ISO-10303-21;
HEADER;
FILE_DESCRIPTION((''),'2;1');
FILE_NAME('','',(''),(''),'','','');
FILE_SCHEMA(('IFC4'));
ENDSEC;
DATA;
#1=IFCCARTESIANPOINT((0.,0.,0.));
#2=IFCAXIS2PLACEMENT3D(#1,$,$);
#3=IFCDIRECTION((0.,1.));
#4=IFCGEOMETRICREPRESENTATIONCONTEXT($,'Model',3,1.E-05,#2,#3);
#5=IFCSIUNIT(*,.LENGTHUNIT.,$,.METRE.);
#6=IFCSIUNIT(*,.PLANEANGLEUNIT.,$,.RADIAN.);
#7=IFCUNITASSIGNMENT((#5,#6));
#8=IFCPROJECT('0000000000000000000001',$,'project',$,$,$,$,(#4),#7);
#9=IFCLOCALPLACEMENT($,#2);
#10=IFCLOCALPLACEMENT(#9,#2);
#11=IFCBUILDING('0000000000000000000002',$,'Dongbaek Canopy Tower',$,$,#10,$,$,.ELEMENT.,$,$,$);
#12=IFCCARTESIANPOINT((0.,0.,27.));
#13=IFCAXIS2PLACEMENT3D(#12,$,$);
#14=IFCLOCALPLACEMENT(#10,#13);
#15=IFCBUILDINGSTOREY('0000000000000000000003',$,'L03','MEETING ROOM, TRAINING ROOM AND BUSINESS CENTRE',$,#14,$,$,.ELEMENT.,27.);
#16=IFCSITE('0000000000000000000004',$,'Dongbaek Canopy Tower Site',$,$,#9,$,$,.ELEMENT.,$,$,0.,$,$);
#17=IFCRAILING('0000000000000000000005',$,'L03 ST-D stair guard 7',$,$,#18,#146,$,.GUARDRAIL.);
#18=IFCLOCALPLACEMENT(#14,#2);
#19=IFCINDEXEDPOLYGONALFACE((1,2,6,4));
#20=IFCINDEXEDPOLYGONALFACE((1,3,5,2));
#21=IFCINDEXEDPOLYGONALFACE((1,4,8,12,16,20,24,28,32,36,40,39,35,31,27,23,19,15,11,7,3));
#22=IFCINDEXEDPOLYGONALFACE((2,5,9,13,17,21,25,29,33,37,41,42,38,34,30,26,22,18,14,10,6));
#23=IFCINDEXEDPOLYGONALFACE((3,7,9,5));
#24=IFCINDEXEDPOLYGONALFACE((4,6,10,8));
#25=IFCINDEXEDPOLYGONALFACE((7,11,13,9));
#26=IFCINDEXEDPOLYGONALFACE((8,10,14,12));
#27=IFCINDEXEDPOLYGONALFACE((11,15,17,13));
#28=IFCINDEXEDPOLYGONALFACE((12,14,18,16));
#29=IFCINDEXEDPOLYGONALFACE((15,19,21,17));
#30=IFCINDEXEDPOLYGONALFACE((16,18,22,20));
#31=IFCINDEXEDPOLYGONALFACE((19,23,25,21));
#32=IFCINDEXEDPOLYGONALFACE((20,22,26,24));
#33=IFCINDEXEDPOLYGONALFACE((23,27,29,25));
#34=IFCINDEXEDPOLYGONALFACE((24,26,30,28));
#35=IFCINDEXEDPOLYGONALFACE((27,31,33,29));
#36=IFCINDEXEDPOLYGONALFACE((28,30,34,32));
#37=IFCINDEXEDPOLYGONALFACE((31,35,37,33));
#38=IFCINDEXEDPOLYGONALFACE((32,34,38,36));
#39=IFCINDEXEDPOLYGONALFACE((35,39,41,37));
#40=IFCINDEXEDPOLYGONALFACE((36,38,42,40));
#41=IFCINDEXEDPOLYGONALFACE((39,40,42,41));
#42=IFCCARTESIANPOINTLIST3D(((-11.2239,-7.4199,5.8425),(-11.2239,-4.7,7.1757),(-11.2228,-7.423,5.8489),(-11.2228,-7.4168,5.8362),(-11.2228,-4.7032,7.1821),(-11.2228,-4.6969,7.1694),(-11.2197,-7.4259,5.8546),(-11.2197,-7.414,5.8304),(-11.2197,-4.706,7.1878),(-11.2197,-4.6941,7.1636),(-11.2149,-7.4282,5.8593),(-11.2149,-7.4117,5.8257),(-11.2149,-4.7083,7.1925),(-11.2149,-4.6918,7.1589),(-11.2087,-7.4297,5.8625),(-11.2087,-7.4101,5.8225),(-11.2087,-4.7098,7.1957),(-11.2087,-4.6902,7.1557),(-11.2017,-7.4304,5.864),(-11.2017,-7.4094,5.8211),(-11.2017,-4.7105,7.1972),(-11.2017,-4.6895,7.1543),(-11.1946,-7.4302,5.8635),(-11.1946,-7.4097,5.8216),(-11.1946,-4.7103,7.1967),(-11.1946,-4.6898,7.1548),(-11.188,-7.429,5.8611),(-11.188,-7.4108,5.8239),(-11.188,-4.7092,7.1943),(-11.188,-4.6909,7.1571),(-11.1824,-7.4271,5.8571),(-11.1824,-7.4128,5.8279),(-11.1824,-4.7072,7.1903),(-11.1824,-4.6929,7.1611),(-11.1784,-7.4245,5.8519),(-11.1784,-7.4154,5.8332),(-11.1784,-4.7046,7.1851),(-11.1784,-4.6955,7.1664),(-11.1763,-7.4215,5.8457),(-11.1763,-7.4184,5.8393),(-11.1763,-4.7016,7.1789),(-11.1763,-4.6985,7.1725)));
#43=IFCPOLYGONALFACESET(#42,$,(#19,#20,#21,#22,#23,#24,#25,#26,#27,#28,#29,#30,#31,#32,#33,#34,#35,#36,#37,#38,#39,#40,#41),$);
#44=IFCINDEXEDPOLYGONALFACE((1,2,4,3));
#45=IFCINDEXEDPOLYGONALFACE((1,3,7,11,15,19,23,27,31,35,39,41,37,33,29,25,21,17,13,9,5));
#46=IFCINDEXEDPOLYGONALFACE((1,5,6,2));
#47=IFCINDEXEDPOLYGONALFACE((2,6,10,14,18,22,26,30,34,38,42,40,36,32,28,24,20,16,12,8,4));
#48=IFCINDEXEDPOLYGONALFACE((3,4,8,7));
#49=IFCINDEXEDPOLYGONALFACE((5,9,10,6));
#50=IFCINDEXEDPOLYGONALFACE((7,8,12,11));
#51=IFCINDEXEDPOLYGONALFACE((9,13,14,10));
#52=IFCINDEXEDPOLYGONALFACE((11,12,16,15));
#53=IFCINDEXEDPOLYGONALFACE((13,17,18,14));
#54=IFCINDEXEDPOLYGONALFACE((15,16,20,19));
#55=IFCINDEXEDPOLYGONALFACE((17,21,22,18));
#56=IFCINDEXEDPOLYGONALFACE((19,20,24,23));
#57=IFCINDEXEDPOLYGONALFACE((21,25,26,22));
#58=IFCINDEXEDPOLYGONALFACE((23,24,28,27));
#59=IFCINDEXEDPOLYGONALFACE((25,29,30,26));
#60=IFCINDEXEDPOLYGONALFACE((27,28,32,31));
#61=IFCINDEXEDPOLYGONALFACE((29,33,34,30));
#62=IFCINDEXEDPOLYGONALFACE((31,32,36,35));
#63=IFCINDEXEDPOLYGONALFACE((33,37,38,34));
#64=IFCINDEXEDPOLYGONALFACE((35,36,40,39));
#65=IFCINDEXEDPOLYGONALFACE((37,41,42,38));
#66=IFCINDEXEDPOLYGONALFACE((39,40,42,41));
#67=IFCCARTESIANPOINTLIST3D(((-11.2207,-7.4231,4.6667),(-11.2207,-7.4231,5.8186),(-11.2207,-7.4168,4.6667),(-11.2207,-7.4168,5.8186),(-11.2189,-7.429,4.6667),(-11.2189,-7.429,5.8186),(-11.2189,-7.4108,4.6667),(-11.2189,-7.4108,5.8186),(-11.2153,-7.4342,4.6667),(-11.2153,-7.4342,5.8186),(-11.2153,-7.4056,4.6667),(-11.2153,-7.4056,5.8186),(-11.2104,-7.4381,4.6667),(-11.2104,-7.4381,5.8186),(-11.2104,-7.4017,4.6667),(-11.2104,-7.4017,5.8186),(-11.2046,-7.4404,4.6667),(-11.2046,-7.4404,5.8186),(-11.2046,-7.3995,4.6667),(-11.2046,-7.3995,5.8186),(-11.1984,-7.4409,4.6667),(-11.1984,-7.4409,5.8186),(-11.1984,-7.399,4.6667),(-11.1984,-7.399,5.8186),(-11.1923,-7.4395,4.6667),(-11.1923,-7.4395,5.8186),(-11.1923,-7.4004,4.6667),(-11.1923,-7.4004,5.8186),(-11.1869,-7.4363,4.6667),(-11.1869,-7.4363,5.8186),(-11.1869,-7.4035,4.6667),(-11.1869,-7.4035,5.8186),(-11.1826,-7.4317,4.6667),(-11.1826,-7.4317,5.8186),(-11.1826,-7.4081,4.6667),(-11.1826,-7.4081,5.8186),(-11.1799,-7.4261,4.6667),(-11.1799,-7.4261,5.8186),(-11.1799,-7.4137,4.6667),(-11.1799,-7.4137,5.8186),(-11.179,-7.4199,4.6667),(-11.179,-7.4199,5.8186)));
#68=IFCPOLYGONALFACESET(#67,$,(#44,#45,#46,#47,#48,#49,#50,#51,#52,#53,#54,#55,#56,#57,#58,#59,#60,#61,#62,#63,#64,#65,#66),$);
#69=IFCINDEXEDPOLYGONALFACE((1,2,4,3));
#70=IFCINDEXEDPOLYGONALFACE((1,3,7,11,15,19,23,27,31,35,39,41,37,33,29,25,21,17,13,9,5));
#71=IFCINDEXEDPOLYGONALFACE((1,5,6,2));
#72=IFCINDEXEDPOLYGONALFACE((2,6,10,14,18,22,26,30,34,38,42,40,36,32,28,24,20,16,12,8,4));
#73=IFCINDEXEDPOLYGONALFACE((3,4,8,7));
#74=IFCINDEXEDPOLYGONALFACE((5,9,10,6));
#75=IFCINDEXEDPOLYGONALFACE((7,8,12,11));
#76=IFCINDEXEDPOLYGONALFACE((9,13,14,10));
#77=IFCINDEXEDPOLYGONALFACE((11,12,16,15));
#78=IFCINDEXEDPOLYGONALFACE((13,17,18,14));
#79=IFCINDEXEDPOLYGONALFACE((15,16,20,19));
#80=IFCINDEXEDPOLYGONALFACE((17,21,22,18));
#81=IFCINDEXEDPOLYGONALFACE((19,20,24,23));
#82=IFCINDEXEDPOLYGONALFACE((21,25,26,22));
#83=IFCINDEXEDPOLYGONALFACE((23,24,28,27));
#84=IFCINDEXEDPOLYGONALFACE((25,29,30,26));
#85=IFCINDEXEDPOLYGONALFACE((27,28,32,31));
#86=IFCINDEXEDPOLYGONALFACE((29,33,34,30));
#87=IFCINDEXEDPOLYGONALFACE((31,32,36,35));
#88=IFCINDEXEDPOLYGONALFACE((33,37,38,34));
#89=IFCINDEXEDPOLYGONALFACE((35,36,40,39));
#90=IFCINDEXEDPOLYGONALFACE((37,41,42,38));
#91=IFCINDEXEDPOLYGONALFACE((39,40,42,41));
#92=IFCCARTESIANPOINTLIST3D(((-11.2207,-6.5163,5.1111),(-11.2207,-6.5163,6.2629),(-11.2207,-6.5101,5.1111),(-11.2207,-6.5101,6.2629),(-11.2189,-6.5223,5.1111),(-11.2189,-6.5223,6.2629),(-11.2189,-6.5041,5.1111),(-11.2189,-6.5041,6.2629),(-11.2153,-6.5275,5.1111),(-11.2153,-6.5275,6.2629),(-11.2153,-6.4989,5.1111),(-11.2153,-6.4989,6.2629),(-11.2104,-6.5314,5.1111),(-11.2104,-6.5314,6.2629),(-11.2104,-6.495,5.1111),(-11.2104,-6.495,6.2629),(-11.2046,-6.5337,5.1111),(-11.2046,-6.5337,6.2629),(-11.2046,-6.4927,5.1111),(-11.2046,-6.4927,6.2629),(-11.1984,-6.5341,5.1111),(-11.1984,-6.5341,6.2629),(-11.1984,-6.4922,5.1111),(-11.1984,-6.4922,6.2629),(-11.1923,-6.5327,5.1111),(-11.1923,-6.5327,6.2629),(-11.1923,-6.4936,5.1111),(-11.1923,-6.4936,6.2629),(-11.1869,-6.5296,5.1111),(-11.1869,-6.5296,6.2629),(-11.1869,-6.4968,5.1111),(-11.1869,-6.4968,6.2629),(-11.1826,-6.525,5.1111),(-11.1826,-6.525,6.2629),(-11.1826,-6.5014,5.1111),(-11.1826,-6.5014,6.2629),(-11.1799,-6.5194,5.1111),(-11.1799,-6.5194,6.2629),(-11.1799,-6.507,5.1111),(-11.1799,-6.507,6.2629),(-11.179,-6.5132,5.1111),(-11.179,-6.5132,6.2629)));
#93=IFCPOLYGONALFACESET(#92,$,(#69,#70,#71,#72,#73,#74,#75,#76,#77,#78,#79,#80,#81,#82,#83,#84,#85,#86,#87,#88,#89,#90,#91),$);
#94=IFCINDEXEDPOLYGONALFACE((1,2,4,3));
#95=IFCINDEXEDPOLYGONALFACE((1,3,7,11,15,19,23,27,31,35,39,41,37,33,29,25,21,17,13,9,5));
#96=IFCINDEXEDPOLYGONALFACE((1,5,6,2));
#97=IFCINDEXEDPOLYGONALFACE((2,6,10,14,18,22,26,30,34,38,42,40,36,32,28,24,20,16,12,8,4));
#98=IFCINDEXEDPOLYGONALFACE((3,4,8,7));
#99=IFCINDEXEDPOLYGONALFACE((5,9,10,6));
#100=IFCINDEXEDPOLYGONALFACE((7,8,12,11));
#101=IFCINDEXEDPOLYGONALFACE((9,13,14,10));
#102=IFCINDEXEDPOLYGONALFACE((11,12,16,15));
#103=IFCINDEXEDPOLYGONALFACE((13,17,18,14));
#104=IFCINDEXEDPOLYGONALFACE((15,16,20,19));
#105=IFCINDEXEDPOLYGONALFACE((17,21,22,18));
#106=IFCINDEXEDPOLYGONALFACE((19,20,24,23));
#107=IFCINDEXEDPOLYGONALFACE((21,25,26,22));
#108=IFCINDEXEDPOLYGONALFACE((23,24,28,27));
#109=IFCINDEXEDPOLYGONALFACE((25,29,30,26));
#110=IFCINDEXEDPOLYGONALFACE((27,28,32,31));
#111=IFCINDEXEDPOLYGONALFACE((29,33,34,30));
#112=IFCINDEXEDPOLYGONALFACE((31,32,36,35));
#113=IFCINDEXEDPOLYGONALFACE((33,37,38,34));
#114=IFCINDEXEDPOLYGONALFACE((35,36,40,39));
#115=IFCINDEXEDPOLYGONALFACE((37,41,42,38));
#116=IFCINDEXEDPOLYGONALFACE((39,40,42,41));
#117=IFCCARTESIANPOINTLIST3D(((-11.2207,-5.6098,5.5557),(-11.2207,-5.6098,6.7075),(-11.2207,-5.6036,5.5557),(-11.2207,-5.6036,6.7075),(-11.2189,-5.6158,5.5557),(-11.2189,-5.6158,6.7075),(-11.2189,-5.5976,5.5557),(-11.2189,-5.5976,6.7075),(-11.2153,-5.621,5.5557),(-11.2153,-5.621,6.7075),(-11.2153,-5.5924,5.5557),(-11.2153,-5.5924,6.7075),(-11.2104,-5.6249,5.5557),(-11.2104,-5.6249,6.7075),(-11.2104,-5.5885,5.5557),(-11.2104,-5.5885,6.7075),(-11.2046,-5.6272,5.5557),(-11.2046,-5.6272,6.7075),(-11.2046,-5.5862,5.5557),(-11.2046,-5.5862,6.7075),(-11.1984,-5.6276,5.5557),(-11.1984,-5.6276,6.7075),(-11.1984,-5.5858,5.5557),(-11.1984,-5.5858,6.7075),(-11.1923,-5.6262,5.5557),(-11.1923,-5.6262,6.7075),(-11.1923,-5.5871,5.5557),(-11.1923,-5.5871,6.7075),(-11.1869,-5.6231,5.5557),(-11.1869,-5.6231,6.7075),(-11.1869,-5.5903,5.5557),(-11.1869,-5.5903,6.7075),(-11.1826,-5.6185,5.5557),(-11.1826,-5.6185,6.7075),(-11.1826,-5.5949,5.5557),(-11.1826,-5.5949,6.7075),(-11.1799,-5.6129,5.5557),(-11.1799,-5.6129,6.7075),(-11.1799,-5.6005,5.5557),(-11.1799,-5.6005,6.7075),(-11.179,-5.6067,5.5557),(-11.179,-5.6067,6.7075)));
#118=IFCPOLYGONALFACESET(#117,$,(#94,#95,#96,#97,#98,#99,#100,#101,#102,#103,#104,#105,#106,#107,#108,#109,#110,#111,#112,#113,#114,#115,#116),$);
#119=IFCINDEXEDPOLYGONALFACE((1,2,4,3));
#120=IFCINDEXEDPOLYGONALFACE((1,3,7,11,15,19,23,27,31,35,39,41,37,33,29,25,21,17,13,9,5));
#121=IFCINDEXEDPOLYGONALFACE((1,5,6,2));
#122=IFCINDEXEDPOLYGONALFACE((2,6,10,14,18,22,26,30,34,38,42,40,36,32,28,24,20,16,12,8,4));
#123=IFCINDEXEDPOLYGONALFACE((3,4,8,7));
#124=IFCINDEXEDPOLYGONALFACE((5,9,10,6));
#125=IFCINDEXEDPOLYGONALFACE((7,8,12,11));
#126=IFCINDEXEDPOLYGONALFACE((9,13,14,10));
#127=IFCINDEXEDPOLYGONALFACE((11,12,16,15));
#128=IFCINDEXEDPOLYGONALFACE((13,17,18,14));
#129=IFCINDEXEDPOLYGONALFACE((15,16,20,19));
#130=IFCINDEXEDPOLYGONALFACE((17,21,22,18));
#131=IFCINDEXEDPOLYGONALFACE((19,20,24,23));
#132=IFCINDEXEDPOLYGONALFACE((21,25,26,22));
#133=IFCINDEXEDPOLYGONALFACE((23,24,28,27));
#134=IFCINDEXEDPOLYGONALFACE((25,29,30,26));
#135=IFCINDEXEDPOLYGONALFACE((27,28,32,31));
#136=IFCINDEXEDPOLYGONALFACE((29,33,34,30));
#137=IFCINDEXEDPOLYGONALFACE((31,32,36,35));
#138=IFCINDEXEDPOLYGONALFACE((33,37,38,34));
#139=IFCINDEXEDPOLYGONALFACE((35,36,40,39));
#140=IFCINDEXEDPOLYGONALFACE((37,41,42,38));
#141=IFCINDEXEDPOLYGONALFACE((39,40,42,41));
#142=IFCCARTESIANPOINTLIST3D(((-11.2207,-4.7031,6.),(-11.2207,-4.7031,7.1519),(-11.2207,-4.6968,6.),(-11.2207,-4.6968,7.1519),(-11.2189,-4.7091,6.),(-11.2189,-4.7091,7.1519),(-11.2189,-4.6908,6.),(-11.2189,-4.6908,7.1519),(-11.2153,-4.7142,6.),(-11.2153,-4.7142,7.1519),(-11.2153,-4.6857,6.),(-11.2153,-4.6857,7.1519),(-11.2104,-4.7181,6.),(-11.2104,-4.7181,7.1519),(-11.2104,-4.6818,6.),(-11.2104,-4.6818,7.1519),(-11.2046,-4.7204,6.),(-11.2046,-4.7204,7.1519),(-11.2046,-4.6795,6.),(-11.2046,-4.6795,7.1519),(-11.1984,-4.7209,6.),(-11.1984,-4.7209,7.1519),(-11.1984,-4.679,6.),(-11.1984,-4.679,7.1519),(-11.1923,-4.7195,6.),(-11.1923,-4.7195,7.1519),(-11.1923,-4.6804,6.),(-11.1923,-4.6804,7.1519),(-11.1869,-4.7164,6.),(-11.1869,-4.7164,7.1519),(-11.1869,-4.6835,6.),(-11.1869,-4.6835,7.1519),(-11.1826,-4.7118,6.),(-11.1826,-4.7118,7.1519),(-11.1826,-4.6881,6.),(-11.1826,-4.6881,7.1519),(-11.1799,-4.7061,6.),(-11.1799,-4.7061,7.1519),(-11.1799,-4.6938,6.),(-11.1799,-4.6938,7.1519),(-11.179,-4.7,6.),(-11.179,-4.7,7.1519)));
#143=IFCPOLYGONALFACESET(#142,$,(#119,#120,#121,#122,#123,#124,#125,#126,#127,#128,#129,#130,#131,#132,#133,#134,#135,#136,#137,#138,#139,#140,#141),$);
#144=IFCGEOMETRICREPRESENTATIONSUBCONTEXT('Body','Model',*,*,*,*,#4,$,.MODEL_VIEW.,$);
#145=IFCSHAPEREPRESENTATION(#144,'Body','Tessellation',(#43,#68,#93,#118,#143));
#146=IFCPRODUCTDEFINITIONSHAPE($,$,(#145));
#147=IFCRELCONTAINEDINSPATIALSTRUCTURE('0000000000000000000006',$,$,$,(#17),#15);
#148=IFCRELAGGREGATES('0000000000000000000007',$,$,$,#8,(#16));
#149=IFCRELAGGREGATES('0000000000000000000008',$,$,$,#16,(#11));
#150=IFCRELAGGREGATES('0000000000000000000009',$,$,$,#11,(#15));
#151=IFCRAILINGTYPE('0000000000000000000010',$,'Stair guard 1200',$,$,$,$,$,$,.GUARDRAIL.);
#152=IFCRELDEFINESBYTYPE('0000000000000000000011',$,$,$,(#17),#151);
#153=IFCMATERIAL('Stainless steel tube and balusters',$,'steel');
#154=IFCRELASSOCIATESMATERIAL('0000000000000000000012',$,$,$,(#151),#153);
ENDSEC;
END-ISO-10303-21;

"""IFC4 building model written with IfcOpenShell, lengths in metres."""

from ifc_helpers import new_model, si_unit, direction, frame, origin, origin_2d, place, context, subcontext, project, spatial, circle, extrude, material, type_object, element, save


model = new_model("IFC4")

# Units and contexts
model_context = context("Model", 3, precision=1e-05, world=origin(), true_north=direction((0.0, 1.0)))
body_context = subcontext(model_context, "Body", "Model", "MODEL_VIEW")
ifc_project = project(units=[si_unit("LENGTHUNIT", "METRE"), si_unit("PLANEANGLEUNIT", "RADIAN")], contexts=[model_context])

# Site, building, storey
site_placement = place(None, origin())
site = spatial("IfcSite", under=ifc_project, at=site_placement, Name="Dongbaek Canopy Tower Site", CompositionType="ELEMENT", RefElevation=0.0)
building_placement = place(site_placement, origin())
building = spatial("IfcBuilding", under=site, at=building_placement, Name="Dongbaek Canopy Tower", CompositionType="ELEMENT")
storey_placement = place(building_placement, frame((0.0, 0.0, 27.0)))
storey = spatial("IfcBuildingStorey", under=building, at=storey_placement, Name="L03", Description="MEETING ROOM, TRAINING ROOM AND BUSINESS CENTRE", CompositionType="ELEMENT", Elevation=27.0)

# Railing
ifc_material_1 = material(Name="Stainless steel tube and balusters", Category="steel")
railing_type_1 = type_object("IfcRailingType", Name="Stair guard 1200", PredefinedType="GUARDRAIL", material=ifc_material_1)
railing_1_placement = place(storey_placement, frame((-11.2, -7.4199, 4.6667)))
element("IfcRailing", 1, at=railing_1_placement, inside=storey, type_object=railing_type_1, Name="L03 ST-D stair guard 7", PredefinedType="GUARDRAIL", context=body_context, shape_type="SweptSolid", body=[
    extrude(circle(Radius=0.0239, at=origin_2d()), frame((0.0, 0.0, 1.1758), z_axis=(0.0, 0.897929, 0.440139), x_axis=(-1.0, 0.0, 0.0)), (0.0, 0.0, 1.0), 3.0291),
    extrude(circle(Radius=0.021, at=origin_2d()), origin(), (0.0, 0.0, 1.0), 1.1519),
    extrude(circle(Radius=0.021, at=origin_2d()), frame((0.0, 0.9067, 0.4443)), (0.0, 0.0, 1.0), 1.1519),
    extrude(circle(Radius=0.021, at=origin_2d()), frame((0.0, 1.8132, 0.8889)), (0.0, 0.0, 1.0), 1.1519),
    extrude(circle(Radius=0.021, at=origin_2d()), frame((0.0, 2.72, 1.3333)), (0.0, 0.0, 1.0), 1.1519),
])

save(model, "model.ifc")
